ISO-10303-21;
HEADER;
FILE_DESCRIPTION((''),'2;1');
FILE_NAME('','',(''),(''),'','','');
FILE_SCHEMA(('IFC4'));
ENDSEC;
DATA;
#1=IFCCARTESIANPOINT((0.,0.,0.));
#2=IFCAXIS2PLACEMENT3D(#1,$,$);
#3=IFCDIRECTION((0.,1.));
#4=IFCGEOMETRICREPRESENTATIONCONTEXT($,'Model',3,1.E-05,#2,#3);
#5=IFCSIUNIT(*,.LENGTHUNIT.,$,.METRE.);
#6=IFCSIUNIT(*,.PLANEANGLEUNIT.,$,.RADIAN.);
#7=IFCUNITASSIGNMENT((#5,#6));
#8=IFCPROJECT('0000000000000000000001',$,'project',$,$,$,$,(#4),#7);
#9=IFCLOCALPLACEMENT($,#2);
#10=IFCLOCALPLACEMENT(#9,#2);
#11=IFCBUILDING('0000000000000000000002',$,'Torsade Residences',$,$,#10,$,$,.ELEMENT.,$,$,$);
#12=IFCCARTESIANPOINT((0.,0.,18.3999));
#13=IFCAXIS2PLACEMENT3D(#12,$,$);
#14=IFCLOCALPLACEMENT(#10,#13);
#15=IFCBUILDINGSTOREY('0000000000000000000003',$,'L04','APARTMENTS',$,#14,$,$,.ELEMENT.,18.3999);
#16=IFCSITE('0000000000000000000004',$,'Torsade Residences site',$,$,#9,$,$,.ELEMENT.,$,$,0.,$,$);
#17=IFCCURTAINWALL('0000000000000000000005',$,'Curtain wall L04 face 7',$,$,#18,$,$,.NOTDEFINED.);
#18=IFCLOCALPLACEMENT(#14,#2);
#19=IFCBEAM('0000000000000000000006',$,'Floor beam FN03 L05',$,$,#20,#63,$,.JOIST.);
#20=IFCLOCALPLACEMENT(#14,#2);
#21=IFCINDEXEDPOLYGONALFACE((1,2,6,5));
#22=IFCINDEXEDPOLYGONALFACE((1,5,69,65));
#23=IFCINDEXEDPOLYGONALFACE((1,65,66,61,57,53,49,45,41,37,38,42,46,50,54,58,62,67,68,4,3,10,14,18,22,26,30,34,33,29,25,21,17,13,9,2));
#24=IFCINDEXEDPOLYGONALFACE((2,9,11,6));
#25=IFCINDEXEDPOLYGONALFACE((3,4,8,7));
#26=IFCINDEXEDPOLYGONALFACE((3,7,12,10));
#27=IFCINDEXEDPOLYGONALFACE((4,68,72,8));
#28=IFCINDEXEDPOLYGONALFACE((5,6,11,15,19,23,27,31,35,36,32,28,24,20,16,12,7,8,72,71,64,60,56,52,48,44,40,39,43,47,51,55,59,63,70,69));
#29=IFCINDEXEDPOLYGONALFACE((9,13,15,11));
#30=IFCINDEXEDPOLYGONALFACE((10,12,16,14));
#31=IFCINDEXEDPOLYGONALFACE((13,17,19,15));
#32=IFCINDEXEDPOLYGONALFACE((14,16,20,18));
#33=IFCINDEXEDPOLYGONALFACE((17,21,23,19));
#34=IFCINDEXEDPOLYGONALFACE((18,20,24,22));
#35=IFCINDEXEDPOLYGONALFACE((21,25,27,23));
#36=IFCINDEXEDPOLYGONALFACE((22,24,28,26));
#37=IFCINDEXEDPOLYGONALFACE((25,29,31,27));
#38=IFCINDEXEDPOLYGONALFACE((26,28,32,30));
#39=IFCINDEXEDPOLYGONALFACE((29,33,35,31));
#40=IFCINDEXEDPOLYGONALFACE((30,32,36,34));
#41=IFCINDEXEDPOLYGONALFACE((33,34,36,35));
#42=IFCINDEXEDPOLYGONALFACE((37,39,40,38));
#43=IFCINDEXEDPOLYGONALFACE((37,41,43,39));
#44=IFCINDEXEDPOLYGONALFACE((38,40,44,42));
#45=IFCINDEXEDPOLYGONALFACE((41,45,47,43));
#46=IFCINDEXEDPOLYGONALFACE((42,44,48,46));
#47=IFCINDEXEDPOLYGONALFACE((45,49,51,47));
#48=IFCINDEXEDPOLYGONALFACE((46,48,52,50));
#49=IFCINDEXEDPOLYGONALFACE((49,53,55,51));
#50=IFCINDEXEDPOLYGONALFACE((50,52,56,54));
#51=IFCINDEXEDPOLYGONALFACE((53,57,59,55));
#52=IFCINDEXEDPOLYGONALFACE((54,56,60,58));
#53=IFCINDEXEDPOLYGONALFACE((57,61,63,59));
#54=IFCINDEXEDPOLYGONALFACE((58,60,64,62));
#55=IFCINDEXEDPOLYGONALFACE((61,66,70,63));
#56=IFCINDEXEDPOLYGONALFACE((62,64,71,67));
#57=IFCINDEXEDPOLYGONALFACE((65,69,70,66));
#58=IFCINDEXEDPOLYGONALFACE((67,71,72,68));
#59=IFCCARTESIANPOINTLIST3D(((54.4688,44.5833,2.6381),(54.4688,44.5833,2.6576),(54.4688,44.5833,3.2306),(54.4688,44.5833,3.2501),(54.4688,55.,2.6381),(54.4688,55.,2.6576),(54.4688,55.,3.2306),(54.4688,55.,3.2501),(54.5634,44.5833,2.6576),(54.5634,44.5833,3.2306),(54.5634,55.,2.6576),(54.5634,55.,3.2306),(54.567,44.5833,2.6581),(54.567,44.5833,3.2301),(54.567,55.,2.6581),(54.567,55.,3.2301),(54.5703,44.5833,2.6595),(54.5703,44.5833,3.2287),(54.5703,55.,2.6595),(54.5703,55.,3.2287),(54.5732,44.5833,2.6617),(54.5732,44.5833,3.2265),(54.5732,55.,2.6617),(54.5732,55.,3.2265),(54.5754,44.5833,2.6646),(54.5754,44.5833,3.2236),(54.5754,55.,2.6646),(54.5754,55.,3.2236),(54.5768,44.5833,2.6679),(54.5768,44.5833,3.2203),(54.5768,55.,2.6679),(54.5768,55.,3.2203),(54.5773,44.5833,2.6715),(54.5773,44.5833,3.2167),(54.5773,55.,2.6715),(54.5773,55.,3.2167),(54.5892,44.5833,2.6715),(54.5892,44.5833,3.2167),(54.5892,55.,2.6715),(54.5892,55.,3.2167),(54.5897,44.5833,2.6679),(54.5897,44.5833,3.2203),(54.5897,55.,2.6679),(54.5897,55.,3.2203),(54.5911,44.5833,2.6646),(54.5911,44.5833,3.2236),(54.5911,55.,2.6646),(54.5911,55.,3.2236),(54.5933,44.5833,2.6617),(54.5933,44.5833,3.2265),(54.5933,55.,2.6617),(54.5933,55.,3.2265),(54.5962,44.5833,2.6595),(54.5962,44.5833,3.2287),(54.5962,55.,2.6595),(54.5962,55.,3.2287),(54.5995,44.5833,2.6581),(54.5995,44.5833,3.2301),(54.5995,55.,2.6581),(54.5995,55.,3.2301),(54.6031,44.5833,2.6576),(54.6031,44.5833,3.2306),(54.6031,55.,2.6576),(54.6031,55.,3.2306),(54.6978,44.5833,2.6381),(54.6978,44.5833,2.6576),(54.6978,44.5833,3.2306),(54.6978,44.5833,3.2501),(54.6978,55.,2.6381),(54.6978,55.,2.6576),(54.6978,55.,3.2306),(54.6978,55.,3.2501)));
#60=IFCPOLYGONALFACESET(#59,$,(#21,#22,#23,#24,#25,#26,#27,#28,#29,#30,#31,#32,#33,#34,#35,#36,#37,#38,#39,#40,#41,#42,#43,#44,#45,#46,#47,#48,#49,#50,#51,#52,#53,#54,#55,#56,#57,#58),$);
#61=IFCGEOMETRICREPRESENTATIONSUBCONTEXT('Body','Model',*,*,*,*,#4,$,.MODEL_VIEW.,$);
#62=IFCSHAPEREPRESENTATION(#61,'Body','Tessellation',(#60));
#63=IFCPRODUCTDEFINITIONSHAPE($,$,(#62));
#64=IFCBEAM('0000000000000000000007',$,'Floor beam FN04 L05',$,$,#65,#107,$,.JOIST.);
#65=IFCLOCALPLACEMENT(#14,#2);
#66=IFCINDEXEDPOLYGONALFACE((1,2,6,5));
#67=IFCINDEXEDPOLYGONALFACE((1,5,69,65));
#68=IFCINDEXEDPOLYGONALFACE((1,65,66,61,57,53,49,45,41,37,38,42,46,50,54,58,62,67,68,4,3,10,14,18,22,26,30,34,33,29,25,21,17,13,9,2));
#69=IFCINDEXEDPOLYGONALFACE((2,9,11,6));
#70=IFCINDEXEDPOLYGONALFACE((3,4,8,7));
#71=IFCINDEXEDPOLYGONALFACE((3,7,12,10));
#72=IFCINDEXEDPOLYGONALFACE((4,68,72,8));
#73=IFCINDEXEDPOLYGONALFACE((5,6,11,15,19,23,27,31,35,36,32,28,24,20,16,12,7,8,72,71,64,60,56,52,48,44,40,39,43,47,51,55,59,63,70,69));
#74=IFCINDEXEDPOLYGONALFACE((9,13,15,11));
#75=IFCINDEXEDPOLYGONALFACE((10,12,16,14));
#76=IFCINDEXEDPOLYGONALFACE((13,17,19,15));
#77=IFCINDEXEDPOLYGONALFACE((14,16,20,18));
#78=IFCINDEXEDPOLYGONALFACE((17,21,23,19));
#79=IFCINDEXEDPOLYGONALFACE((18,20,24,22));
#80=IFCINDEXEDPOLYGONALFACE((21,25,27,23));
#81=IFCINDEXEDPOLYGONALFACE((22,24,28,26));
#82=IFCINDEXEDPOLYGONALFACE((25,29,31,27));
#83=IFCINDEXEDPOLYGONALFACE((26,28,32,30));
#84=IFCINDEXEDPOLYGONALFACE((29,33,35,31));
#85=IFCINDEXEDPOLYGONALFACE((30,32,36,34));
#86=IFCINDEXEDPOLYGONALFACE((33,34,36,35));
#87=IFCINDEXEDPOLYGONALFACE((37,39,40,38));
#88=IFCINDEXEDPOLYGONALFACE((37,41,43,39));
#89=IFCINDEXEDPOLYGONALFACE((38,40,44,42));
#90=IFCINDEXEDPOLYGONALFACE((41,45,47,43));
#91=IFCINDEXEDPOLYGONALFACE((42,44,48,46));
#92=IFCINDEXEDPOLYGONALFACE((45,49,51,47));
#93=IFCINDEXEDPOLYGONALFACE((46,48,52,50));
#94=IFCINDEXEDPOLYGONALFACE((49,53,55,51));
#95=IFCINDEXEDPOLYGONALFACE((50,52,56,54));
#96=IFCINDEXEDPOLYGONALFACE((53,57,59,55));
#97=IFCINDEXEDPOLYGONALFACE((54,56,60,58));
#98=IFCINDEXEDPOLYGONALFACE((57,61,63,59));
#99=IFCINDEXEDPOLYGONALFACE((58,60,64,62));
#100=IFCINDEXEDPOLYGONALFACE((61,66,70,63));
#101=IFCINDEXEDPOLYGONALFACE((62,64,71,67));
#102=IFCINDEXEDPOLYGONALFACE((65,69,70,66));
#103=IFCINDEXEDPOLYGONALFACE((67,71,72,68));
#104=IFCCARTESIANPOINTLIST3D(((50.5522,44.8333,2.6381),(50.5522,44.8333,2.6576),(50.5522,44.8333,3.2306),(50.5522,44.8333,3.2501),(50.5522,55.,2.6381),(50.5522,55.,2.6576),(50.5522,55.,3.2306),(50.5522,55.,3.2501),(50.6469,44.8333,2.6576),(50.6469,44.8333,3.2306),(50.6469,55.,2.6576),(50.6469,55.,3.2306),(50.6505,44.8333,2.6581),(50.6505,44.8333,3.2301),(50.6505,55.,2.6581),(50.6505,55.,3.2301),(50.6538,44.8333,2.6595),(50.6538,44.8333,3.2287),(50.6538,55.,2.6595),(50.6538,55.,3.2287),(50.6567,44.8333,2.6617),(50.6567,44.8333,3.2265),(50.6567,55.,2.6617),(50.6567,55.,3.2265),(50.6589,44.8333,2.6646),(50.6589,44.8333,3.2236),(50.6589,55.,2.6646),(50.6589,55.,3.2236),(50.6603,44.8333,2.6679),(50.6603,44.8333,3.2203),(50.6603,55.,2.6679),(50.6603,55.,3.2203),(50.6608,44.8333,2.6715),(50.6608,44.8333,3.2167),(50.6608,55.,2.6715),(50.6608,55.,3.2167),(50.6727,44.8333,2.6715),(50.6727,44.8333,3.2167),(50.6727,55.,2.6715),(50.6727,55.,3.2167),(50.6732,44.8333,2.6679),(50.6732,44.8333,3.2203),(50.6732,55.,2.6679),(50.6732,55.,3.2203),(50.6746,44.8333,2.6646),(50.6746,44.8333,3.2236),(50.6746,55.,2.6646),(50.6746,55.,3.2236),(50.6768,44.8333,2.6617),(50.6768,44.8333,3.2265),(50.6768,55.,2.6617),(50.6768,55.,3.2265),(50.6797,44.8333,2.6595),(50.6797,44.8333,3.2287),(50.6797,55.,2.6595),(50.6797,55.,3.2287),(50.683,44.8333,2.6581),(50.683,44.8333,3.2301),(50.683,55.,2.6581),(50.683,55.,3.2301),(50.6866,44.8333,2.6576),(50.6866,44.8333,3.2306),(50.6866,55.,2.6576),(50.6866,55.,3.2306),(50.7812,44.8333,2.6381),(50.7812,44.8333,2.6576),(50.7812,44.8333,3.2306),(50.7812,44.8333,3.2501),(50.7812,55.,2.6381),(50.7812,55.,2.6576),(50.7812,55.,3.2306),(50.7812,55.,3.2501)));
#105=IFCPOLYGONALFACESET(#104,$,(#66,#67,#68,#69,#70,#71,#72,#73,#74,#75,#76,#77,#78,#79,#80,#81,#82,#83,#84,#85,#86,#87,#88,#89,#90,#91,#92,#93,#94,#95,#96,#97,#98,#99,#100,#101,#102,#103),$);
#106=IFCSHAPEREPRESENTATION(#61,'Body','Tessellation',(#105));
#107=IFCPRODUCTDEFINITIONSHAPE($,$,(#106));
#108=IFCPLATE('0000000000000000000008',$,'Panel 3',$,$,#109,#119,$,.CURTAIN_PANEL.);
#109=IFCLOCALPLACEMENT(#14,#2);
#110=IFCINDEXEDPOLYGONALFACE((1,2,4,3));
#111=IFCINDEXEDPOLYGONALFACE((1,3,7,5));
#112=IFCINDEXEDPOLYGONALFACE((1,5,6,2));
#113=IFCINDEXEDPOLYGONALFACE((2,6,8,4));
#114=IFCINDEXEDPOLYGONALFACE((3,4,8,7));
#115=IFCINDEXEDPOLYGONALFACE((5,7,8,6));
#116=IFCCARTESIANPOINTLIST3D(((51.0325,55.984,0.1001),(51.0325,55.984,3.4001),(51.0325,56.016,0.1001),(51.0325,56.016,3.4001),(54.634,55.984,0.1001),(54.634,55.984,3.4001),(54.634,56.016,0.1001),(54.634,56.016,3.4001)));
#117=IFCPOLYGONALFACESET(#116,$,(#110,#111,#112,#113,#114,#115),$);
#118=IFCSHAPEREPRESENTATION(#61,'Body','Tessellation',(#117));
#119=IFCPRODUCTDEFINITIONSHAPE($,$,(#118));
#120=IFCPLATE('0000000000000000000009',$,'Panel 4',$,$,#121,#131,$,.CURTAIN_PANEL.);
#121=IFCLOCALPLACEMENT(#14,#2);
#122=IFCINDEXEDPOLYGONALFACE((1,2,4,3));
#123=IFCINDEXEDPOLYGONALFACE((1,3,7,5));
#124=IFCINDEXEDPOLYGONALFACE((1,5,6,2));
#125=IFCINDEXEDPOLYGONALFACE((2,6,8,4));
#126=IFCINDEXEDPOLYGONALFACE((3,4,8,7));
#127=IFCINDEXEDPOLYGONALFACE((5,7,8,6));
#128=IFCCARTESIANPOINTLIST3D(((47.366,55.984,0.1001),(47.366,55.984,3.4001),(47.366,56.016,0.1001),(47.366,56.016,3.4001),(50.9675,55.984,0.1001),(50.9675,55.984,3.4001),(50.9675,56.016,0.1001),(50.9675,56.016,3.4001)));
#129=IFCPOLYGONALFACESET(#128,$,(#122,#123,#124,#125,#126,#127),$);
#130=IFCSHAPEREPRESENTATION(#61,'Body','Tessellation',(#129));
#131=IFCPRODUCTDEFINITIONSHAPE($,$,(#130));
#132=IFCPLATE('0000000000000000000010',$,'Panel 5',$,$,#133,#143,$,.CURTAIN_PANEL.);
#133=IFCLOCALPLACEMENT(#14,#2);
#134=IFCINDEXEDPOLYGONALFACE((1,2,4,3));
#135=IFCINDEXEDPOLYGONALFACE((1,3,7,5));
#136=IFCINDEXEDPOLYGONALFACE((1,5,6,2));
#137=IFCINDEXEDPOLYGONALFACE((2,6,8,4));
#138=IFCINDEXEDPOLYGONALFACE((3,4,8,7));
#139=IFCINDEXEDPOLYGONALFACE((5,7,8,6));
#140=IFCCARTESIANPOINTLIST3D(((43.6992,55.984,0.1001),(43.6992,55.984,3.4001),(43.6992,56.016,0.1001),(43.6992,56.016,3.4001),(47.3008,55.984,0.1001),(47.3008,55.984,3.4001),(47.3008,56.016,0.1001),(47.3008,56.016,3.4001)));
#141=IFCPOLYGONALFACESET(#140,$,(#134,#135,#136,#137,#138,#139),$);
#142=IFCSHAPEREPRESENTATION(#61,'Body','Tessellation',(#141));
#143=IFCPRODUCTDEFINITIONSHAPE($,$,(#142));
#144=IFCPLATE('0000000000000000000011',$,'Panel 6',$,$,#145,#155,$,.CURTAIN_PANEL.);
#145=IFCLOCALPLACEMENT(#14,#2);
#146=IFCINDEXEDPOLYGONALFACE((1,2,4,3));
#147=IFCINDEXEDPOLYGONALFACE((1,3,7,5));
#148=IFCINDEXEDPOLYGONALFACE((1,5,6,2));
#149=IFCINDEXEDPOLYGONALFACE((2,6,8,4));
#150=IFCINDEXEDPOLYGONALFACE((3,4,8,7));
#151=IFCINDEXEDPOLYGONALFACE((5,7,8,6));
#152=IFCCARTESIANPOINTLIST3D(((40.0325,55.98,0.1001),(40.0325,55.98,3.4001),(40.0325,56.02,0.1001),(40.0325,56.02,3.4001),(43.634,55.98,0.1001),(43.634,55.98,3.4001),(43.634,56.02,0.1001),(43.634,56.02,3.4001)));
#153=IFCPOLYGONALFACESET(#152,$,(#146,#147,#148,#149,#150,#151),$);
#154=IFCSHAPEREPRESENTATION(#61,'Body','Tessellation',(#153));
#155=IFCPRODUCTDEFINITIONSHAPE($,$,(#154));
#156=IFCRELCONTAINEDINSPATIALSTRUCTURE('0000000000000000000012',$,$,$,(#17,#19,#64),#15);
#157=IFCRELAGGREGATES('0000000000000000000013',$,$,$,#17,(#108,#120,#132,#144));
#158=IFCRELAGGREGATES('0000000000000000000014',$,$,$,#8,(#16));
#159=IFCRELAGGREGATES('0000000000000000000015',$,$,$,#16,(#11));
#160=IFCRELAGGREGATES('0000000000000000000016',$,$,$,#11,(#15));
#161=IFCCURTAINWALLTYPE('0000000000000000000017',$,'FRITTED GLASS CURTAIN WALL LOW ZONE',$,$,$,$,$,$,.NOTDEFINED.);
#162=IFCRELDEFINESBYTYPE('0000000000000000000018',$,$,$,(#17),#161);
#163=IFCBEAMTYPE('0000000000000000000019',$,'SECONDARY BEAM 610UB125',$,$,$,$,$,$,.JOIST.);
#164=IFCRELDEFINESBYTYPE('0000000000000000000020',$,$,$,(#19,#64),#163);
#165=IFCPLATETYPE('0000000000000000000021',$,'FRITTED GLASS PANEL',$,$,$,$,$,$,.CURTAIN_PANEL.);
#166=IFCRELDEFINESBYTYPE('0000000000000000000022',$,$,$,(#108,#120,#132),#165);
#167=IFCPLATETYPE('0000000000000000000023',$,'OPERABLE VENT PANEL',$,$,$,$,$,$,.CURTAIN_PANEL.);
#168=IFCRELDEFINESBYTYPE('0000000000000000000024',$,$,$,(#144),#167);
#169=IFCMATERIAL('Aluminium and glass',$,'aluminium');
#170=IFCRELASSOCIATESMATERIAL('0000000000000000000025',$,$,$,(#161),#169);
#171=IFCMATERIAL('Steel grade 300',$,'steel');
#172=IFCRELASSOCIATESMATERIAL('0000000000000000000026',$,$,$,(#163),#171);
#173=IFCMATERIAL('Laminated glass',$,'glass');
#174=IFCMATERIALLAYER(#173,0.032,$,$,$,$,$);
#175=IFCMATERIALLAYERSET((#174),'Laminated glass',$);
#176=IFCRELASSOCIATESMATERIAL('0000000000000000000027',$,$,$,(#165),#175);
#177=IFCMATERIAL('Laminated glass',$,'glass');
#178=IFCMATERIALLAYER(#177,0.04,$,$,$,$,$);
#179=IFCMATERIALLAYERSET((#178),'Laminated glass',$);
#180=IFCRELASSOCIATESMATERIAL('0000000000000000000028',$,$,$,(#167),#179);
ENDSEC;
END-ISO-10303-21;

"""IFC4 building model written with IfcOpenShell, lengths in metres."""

from ifc_helpers import new_model, si_unit, direction, frame, origin, origin_2d, place, context, subcontext, project, spatial, rectangle, i_section, extrude, material, layer, layer_set, material_profile, profile_set, type_object, element, aggregate, save


model = new_model("IFC4")

# Units and contexts
model_context = context("Model", 3, precision=1e-05, world=origin(), true_north=direction((0.0, 1.0)))
body_context = subcontext(model_context, "Body", "Model", "MODEL_VIEW")
ifc_project = project(units=[si_unit("LENGTHUNIT", "METRE"), si_unit("PLANEANGLEUNIT", "RADIAN")], contexts=[model_context])

# Site, building, storey
site_placement = place(None, origin())
site = spatial("IfcSite", under=ifc_project, at=site_placement, Name="Torsade Residences site", CompositionType="ELEMENT", RefElevation=0.0)
building_placement = place(site_placement, origin())
building = spatial("IfcBuilding", under=site, at=building_placement, Name="Torsade Residences", CompositionType="ELEMENT")
storey_placement = place(building_placement, frame((0.0, 0.0, 18.3999)))
storey = spatial("IfcBuildingStorey", under=building, at=storey_placement, Name="L04", Description="APARTMENTS", CompositionType="ELEMENT", Elevation=18.3999)

# Curtain wall
ifc_material_1 = material(Name="Aluminium and glass", Category="aluminium")
curtain_wall_type = type_object("IfcCurtainWallType", Name="FRITTED GLASS CURTAIN WALL LOW ZONE", PredefinedType="NOTDEFINED", material=ifc_material_1)
curtain_wall_placement = place(storey_placement, origin())
curtain_wall = element("IfcCurtainWall", 1, at=curtain_wall_placement, inside=storey, type_object=curtain_wall_type, Name="Curtain wall L04 face 7", PredefinedType="NOTDEFINED")

# Beams
ifc_material_2 = material(Name="Steel grade 300", Category="steel")
ifc_material_profile_1 = material_profile(ifc_material_2, i_section(OverallWidth=0.229, OverallDepth=0.6121, WebThickness=0.012, FlangeThickness=0.0195, FilletRadius=0.0139, at=origin_2d()), Name="610UB125")
ifc_profile_set_1 = profile_set([ifc_material_profile_1], Name="Steel grade 300")
beam_type_1 = type_object("IfcBeamType", Name="SECONDARY BEAM 610UB125", PredefinedType="JOIST", material=ifc_profile_set_1)
beam_1_placement = place(storey_placement, frame((54.5833, 55.0, 2.9441), z_axis=(0.0, -1.0, 0.0), x_axis=(1.0, 0.0, 0.0)))
element("IfcBeam", 2, at=beam_1_placement, inside=storey, type_object=beam_type_1, Name="Floor beam FN03 L05", PredefinedType="JOIST", context=body_context, shape_type="SweptSolid", body=[
    extrude(i_section(OverallWidth=0.229, OverallDepth=0.6121, WebThickness=0.012, FlangeThickness=0.0195, FilletRadius=0.0139, at=origin_2d()), origin(), (0.0, 0.0, 1.0), 10.4167),
])
beam_2_placement = place(storey_placement, frame((50.6667, 55.0, 2.9441), z_axis=(0.0, -1.0, 0.0), x_axis=(1.0, 0.0, 0.0)))
element("IfcBeam", 3, at=beam_2_placement, inside=storey, type_object=beam_type_1, Name="Floor beam FN04 L05", PredefinedType="JOIST", context=body_context, shape_type="SweptSolid", body=[
    extrude(i_section(OverallWidth=0.229, OverallDepth=0.6121, WebThickness=0.012, FlangeThickness=0.0195, FilletRadius=0.0139, at=origin_2d()), origin(), (0.0, 0.0, 1.0), 10.1667),
])

# Plates
ifc_material_3 = material(Name="Laminated glass", Category="glass")
ifc_layer_1 = layer(ifc_material_3, 0.032)
ifc_layer_set_1 = layer_set([ifc_layer_1], Name="Laminated glass")
plate_type_1 = type_object("IfcPlateType", Name="FRITTED GLASS PANEL", PredefinedType="CURTAIN_PANEL", material=ifc_layer_set_1)
plate_1_placement = place(storey_placement, frame((52.8333, 56.0, 0.1001), z_axis=(0.0, 0.0, 1.0), x_axis=(-1.0, 0.0, 0.0)))
plate_1 = element("IfcPlate", 4, at=plate_1_placement, type_object=plate_type_1, Name="Panel 3", PredefinedType="CURTAIN_PANEL", context=body_context, shape_type="SweptSolid", body=[
    extrude(rectangle(XDim=3.6016, YDim=0.032, at=origin_2d()), origin(), (0.0, 0.0, 1.0), 3.3),
])
plate_2_placement = place(storey_placement, frame((49.1667, 56.0, 0.1001), z_axis=(0.0, 0.0, 1.0), x_axis=(-1.0, 0.0, 0.0)))
plate_2 = element("IfcPlate", 5, at=plate_2_placement, type_object=plate_type_1, Name="Panel 4", PredefinedType="CURTAIN_PANEL", context=body_context, shape_type="SweptSolid", body=[
    extrude(rectangle(XDim=3.6016, YDim=0.032, at=origin_2d()), origin(), (0.0, 0.0, 1.0), 3.3),
])
plate_3_placement = place(storey_placement, frame((45.5, 56.0, 0.1001), z_axis=(0.0, 0.0, 1.0), x_axis=(-1.0, 0.0, 0.0)))
plate_3 = element("IfcPlate", 6, at=plate_3_placement, type_object=plate_type_1, Name="Panel 5", PredefinedType="CURTAIN_PANEL", context=body_context, shape_type="SweptSolid", body=[
    extrude(rectangle(XDim=3.6016, YDim=0.032, at=origin_2d()), origin(), (0.0, 0.0, 1.0), 3.3),
])
ifc_material_4 = material(Name="Laminated glass", Category="glass")
ifc_layer_2 = layer(ifc_material_4, 0.04)
ifc_layer_set_2 = layer_set([ifc_layer_2], Name="Laminated glass")
plate_type_2 = type_object("IfcPlateType", Name="OPERABLE VENT PANEL", PredefinedType="CURTAIN_PANEL", material=ifc_layer_set_2)
plate_4_placement = place(storey_placement, frame((41.8333, 56.0, 0.1001), z_axis=(0.0, 0.0, 1.0), x_axis=(-1.0, 0.0, 0.0)))
plate_4 = element("IfcPlate", 7, at=plate_4_placement, type_object=plate_type_2, Name="Panel 6", PredefinedType="CURTAIN_PANEL", context=body_context, shape_type="SweptSolid", body=[
    extrude(rectangle(XDim=3.6016, YDim=0.04, at=origin_2d()), origin(), (0.0, 0.0, 1.0), 3.3),
])
aggregate(curtain_wall, [plate_1, plate_2, plate_3, plate_4])

save(model, "model.ifc")
